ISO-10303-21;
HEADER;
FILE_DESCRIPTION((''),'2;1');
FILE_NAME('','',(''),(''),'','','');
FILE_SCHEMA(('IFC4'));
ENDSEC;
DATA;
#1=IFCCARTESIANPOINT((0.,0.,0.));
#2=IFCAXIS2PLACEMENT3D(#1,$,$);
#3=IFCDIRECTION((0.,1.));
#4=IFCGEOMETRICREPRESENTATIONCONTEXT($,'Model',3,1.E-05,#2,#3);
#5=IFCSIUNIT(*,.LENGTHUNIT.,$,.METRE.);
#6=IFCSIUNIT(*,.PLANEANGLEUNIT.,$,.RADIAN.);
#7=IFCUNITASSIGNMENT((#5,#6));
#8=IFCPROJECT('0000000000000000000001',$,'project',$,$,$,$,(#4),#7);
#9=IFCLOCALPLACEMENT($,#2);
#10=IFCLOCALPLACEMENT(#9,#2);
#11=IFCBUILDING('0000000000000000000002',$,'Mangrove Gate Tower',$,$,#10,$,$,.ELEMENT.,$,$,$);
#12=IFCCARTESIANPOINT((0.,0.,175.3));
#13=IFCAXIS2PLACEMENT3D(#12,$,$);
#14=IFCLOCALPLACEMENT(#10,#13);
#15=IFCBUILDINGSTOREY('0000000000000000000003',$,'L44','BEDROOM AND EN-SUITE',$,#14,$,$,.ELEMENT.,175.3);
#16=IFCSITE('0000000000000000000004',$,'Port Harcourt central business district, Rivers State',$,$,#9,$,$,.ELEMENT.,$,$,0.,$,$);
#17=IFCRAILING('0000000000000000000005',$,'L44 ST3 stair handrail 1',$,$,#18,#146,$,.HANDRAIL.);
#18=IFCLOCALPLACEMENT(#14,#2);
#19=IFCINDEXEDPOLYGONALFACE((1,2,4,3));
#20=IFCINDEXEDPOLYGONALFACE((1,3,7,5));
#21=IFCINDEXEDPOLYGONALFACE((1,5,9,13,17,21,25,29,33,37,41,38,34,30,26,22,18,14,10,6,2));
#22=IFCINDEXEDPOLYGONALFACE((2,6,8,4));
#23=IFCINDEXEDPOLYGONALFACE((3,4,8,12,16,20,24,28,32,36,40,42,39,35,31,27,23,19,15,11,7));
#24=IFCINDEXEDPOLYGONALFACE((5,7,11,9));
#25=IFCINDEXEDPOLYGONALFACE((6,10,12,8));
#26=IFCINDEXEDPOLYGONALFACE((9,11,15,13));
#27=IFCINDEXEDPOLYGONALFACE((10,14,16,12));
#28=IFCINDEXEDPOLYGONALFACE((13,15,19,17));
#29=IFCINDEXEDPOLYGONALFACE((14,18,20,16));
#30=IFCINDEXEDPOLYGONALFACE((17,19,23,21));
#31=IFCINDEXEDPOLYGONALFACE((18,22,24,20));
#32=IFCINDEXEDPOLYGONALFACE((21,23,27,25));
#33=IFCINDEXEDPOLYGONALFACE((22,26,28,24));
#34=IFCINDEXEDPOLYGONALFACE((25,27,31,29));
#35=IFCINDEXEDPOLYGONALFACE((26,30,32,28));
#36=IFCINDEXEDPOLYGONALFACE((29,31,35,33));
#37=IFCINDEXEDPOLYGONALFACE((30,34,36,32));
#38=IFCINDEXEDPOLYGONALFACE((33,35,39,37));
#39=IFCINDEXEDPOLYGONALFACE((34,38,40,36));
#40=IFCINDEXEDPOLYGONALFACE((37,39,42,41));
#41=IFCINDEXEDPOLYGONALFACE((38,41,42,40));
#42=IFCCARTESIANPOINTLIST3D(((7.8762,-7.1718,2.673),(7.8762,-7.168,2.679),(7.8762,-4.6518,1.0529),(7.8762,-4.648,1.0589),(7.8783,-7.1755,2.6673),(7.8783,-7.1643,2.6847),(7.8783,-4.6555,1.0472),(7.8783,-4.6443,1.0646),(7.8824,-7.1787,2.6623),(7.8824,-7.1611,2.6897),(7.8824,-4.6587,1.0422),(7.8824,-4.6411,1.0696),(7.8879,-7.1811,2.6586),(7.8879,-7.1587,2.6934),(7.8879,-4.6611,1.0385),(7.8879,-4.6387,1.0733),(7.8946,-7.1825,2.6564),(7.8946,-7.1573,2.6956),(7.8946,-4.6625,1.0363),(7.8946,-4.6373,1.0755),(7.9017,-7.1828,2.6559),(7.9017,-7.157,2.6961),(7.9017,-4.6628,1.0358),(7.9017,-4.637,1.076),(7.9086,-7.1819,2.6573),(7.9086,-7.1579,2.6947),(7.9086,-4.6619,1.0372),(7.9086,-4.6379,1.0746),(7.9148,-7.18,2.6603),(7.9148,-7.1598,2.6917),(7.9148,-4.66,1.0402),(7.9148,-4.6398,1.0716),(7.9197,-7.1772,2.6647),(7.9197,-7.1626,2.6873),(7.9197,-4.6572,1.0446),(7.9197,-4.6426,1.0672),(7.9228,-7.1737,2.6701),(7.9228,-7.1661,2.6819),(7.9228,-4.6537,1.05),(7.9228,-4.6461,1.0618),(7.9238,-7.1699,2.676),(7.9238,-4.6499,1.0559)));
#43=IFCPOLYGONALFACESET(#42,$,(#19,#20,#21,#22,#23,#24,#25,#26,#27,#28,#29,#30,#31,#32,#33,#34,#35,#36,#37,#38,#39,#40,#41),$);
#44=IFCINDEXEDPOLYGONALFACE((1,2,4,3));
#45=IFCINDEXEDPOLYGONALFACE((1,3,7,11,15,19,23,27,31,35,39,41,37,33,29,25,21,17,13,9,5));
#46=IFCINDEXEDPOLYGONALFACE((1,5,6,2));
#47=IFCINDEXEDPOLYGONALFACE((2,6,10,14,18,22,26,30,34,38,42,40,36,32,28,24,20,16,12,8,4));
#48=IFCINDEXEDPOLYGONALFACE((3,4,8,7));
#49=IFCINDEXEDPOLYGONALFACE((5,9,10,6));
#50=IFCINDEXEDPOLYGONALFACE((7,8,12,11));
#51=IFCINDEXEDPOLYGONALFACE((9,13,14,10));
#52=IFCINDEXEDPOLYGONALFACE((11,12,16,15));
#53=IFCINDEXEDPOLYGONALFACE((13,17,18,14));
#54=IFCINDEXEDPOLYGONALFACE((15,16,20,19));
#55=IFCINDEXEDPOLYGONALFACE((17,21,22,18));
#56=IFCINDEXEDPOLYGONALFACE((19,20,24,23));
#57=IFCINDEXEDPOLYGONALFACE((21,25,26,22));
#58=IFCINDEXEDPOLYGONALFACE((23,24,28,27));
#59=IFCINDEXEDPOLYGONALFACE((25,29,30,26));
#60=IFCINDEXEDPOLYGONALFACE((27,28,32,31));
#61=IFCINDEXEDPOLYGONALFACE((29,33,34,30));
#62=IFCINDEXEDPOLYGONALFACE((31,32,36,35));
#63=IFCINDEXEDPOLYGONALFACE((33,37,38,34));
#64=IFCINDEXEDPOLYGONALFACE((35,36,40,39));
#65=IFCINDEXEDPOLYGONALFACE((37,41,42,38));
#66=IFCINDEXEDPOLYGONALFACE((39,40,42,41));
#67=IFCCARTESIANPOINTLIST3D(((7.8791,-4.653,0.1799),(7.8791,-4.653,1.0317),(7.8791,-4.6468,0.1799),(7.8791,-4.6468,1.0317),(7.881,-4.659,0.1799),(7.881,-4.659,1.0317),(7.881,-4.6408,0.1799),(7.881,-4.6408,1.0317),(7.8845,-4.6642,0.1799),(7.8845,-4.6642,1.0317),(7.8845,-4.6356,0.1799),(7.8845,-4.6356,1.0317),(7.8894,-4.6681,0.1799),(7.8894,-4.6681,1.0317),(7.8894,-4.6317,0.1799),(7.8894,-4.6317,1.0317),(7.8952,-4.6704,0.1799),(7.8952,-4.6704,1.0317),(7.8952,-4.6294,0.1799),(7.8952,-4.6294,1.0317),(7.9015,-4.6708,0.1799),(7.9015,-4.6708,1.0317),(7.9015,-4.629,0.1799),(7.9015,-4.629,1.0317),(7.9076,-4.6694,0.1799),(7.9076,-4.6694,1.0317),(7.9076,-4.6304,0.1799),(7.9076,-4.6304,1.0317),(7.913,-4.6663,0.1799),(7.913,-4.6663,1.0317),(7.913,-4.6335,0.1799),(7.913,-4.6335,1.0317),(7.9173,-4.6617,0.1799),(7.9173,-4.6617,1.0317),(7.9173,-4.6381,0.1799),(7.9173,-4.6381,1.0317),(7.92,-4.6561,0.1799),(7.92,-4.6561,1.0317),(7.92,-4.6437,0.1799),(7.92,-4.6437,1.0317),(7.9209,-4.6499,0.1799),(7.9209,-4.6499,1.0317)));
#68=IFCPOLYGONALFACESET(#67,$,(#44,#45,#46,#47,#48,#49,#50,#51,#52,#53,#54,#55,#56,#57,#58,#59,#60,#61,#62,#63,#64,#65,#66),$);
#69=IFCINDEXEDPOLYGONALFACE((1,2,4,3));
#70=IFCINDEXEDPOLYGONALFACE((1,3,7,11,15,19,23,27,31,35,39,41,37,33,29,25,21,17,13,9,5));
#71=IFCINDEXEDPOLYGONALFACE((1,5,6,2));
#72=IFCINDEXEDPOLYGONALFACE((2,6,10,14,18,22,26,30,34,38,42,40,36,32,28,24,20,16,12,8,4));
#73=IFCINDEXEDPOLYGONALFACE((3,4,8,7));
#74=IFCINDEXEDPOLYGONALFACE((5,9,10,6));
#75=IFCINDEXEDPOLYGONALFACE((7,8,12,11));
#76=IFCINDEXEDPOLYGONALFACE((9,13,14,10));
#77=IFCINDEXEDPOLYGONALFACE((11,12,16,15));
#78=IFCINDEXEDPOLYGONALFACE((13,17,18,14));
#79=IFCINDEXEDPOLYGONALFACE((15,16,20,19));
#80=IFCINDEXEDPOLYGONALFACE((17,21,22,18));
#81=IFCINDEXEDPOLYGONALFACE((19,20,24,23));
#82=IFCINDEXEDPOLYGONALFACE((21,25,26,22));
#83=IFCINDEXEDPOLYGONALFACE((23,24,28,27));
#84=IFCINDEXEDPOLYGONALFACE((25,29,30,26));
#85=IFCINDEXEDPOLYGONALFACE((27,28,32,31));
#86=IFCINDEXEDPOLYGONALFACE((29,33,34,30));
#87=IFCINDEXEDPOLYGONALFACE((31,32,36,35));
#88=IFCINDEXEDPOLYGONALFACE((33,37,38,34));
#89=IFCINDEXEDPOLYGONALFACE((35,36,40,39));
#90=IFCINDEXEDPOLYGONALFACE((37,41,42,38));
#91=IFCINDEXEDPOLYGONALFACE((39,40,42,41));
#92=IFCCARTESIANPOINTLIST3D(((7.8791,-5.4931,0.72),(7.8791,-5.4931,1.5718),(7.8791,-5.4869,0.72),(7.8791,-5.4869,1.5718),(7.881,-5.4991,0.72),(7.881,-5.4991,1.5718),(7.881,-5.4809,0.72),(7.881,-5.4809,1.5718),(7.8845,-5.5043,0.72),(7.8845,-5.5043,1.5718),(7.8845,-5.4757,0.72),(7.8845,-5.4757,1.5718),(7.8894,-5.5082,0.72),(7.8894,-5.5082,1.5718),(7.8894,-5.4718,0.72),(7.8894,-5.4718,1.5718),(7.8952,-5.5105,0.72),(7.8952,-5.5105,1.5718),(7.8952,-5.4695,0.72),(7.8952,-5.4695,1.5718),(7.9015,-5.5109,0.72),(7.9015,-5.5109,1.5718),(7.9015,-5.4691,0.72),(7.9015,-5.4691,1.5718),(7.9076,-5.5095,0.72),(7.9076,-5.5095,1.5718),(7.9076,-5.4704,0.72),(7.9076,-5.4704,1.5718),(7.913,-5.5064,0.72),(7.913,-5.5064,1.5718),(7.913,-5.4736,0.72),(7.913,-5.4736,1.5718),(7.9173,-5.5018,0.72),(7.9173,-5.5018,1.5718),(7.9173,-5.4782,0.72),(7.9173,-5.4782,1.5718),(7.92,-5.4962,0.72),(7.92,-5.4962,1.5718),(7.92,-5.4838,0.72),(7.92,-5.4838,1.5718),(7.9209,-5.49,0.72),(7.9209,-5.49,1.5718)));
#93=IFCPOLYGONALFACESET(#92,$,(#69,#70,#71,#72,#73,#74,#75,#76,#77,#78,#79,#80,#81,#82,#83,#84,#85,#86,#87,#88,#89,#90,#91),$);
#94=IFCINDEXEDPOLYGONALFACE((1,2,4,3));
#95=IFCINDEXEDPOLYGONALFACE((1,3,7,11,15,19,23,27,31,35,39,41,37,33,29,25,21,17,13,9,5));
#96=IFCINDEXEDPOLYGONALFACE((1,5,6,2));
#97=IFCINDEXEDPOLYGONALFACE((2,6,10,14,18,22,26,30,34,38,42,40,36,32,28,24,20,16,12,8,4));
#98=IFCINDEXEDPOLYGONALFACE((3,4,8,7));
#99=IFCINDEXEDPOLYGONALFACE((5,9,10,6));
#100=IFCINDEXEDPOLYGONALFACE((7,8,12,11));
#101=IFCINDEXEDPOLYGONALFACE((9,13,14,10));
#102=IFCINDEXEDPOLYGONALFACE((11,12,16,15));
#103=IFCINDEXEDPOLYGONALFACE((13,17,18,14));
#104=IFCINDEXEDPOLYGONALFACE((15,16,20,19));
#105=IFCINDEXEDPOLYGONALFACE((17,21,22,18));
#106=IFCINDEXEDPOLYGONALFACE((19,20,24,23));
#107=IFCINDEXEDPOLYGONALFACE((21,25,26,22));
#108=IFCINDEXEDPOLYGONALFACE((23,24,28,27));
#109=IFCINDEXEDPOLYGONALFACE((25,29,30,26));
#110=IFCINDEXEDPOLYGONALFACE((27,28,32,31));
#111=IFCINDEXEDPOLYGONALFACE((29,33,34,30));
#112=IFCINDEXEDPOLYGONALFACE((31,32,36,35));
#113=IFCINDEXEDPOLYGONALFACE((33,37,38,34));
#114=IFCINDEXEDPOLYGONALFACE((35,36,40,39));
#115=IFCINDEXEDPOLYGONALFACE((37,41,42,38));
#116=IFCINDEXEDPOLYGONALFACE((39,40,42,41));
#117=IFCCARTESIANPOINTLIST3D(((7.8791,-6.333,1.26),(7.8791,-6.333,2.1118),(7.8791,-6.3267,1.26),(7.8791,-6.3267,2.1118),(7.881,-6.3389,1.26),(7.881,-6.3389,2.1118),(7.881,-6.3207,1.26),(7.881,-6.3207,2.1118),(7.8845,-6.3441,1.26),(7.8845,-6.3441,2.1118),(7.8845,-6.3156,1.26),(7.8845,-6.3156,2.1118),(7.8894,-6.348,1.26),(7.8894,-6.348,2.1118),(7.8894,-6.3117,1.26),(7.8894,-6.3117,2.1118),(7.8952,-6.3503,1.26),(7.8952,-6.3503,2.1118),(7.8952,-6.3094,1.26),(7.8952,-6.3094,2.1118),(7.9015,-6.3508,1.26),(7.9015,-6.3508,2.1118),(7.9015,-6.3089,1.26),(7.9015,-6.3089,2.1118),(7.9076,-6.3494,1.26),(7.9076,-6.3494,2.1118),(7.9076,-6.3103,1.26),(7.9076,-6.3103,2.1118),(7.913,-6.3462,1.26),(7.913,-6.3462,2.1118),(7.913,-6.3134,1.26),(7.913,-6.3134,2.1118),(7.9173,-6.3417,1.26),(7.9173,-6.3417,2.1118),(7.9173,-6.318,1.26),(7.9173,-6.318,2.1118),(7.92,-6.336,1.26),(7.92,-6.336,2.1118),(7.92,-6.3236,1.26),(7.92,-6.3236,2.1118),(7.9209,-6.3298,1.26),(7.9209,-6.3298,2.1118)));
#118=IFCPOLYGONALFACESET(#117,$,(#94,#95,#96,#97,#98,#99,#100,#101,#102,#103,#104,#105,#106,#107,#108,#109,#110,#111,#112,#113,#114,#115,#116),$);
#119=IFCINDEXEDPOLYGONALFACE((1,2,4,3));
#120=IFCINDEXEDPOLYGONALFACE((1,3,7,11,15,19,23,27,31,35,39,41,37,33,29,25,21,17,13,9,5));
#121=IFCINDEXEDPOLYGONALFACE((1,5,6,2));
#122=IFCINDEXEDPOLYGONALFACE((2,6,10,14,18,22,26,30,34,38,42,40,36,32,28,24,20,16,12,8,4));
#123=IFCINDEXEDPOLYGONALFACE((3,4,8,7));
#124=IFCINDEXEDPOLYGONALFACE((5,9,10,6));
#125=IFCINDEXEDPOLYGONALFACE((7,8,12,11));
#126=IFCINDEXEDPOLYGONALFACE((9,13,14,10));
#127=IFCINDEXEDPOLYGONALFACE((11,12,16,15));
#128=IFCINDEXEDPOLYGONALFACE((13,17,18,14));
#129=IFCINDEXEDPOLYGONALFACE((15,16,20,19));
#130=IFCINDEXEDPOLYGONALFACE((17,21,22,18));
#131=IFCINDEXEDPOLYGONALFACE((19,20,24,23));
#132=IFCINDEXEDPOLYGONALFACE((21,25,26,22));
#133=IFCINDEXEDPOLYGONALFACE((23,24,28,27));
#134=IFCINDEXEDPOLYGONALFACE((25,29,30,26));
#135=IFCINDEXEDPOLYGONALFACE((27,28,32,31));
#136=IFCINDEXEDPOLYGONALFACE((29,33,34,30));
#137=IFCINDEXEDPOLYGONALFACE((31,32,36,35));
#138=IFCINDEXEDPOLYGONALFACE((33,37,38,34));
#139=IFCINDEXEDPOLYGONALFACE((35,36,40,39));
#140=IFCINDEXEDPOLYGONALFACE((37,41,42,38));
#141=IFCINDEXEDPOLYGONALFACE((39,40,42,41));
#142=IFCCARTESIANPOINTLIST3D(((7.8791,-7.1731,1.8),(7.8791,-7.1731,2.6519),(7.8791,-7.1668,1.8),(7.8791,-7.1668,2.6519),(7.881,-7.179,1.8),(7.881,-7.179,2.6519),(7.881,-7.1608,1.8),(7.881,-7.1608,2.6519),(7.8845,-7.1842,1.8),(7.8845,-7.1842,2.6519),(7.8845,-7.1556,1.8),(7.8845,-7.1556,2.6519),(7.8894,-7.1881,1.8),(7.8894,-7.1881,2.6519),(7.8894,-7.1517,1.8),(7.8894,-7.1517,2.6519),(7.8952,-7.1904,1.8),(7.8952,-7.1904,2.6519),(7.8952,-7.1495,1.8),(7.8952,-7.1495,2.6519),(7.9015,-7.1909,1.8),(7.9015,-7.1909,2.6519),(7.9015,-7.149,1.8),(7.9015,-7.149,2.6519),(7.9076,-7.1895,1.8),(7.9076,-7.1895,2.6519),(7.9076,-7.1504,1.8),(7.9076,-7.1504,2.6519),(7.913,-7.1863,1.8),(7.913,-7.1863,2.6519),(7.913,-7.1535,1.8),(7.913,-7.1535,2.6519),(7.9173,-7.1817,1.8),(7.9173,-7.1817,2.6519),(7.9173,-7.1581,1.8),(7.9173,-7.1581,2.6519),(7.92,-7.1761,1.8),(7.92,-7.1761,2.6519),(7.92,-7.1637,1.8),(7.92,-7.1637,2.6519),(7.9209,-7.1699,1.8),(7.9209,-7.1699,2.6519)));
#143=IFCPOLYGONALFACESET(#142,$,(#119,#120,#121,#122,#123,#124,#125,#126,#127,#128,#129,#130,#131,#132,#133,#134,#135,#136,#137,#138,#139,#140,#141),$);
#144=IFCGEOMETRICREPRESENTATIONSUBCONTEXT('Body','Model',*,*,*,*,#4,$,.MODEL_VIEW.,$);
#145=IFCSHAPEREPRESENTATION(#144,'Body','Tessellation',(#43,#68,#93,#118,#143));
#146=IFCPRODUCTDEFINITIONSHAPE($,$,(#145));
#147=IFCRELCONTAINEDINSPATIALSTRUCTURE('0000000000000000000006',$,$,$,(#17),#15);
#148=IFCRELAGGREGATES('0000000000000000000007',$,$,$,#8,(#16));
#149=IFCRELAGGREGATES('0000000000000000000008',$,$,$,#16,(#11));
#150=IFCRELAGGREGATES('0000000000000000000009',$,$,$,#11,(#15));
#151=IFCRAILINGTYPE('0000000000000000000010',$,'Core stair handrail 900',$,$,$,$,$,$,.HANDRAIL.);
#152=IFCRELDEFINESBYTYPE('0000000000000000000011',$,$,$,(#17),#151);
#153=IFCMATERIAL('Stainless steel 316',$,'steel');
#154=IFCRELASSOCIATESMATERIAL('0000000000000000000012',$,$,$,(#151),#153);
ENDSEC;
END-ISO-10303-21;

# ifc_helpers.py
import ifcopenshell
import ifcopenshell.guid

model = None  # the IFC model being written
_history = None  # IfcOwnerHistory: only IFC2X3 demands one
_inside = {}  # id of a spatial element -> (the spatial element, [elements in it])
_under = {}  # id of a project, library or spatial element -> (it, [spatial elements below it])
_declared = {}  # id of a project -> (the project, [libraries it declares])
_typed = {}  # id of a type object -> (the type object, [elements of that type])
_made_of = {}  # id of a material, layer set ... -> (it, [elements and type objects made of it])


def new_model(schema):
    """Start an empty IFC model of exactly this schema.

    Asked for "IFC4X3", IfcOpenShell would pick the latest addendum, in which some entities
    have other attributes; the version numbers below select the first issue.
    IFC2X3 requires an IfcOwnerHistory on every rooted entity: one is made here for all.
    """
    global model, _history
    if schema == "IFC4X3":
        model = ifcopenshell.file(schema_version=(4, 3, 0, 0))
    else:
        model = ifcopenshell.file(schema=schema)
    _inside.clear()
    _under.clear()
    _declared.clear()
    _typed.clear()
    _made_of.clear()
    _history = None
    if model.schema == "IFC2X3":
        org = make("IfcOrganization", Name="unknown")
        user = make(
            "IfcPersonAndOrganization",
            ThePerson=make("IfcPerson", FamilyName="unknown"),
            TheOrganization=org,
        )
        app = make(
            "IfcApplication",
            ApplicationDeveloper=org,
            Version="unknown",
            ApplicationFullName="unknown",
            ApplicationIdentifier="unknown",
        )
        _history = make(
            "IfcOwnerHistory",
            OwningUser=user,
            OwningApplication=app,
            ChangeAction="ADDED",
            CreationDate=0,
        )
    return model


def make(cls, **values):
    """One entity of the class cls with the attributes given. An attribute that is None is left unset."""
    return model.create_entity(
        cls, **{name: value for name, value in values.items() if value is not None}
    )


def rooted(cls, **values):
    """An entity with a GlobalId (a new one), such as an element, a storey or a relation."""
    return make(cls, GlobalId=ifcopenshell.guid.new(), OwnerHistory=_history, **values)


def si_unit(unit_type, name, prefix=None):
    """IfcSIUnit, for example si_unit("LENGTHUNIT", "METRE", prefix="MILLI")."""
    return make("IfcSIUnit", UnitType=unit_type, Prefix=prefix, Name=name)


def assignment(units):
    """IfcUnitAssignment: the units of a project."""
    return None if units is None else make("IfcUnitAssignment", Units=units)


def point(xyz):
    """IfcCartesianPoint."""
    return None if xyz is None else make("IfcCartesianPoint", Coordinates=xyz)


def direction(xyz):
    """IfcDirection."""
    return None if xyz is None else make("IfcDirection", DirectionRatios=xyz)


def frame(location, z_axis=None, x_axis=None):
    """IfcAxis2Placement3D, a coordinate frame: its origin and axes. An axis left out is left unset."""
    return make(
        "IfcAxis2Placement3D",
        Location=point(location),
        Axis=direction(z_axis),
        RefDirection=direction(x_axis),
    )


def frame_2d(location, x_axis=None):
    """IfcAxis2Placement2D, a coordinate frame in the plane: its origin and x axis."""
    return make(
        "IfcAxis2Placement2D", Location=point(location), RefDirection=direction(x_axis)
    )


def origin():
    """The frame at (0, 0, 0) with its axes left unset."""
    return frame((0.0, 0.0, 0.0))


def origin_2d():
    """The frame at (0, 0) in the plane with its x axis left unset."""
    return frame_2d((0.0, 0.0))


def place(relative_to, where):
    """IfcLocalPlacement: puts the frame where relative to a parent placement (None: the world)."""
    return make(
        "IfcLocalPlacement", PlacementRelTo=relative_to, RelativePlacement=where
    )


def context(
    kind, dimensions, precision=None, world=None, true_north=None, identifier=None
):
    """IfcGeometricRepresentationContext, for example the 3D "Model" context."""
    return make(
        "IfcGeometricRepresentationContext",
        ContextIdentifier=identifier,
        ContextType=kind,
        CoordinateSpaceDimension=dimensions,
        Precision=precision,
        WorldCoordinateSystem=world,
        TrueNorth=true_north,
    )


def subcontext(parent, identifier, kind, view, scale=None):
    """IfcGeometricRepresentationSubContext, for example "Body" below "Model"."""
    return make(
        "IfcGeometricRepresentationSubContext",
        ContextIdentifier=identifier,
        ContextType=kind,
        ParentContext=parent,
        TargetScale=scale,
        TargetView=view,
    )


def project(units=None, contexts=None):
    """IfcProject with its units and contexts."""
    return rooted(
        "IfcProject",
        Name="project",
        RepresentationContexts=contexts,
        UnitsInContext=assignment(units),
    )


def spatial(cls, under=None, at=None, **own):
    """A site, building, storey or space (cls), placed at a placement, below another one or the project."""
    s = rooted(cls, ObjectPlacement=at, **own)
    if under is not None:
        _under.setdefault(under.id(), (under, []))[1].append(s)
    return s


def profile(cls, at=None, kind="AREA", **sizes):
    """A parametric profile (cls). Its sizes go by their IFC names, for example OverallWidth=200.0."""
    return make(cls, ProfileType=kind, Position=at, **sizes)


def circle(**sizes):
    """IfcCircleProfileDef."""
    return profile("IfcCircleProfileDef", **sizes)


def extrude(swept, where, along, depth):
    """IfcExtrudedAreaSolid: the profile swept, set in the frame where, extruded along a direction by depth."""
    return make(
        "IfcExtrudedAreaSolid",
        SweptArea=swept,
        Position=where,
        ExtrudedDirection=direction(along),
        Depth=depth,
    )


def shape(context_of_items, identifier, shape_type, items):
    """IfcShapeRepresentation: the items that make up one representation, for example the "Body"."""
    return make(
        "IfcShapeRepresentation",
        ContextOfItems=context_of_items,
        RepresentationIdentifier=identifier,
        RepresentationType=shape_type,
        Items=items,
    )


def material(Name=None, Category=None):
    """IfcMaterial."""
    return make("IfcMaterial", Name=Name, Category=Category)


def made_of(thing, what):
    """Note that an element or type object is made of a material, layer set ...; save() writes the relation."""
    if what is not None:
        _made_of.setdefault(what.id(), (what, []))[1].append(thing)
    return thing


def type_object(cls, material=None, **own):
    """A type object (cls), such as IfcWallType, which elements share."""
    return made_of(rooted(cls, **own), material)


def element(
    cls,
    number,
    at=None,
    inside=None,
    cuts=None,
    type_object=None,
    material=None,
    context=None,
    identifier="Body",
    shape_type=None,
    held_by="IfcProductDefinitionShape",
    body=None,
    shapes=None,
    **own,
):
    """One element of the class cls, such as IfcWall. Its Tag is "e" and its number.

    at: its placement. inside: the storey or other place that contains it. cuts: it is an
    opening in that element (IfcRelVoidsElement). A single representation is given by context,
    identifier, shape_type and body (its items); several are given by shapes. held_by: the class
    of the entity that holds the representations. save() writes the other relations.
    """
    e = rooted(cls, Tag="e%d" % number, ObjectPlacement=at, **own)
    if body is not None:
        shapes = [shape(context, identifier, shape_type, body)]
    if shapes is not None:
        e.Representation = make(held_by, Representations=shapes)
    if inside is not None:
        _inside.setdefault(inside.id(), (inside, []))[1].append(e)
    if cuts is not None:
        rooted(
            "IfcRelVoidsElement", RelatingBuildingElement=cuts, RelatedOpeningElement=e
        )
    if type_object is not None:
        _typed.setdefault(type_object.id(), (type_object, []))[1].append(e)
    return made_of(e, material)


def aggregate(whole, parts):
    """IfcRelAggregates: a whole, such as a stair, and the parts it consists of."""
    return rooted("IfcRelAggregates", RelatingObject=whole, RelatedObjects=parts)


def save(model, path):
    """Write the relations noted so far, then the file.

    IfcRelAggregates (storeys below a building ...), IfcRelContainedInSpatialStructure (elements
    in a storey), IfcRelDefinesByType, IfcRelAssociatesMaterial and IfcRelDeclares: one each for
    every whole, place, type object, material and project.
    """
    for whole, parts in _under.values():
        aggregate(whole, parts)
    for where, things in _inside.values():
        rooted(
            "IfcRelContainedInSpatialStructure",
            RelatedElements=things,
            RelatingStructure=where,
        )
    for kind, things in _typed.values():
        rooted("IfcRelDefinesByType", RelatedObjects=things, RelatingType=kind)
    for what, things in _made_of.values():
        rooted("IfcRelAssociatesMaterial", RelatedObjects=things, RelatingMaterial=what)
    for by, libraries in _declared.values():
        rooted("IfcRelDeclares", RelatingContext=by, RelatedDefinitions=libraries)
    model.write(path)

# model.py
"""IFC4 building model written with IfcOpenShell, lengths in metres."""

from ifc_helpers import new_model, si_unit, direction, frame, origin, origin_2d, place, context, subcontext, project, spatial, circle, extrude, material, type_object, element, save


model = new_model("IFC4")

# Units and contexts
model_context = context("Model", 3, precision=1e-05, world=origin(), true_north=direction((0.0, 1.0)))
body_context = subcontext(model_context, "Body", "Model", "MODEL_VIEW")
ifc_project = project(units=[si_unit("LENGTHUNIT", "METRE"), si_unit("PLANEANGLEUNIT", "RADIAN")], contexts=[model_context])

# Site, building, storey
site_placement = place(None, origin())
site = spatial("IfcSite", under=ifc_project, at=site_placement, Name="Port Harcourt central business district, Rivers State", CompositionType="ELEMENT", RefElevation=0.0)
building_placement = place(site_placement, origin())
building = spatial("IfcBuilding", under=site, at=building_placement, Name="Mangrove Gate Tower", CompositionType="ELEMENT")
storey_placement = place(building_placement, frame((0.0, 0.0, 175.3)))
storey = spatial("IfcBuildingStorey", under=building, at=storey_placement, Name="L44", Description="BEDROOM AND EN-SUITE", CompositionType="ELEMENT", Elevation=175.3)

# Railing
ifc_material_1 = material(Name="Stainless steel 316", Category="steel")
railing_type_1 = type_object("IfcRailingType", Name="Core stair handrail 900", PredefinedType="HANDRAIL", material=ifc_material_1)
railing_1_placement = place(storey_placement, frame((7.8999, -4.6499, 0.1799)))
element("IfcRailing", 1, at=railing_1_placement, inside=storey, type_object=railing_type_1, Name="L44 ST3 stair handrail 1", PredefinedType="HANDRAIL", context=body_context, shape_type="SweptSolid", body=[
    extrude(circle(Radius=0.0239, at=origin_2d()), frame((0.0, 0.0, 0.876), z_axis=(0.0, -0.841163, 0.540782), x_axis=(1.0, 0.0, 0.0)), (0.0, 0.0, 1.0), 2.9958),
    extrude(circle(Radius=0.021, at=origin_2d()), origin(), (0.0, 0.0, 1.0), 0.8518),
    extrude(circle(Radius=0.021, at=origin_2d()), frame((0.0, -0.8401, 0.54)), (0.0, 0.0, 1.0), 0.8518),
    extrude(circle(Radius=0.021, at=origin_2d()), frame((0.0, -1.6799, 1.0801)), (0.0, 0.0, 1.0), 0.8518),
    extrude(circle(Radius=0.021, at=origin_2d()), frame((0.0, -2.52, 1.6201)), (0.0, 0.0, 1.0), 0.8518),
])

save(model, "model.ifc")
